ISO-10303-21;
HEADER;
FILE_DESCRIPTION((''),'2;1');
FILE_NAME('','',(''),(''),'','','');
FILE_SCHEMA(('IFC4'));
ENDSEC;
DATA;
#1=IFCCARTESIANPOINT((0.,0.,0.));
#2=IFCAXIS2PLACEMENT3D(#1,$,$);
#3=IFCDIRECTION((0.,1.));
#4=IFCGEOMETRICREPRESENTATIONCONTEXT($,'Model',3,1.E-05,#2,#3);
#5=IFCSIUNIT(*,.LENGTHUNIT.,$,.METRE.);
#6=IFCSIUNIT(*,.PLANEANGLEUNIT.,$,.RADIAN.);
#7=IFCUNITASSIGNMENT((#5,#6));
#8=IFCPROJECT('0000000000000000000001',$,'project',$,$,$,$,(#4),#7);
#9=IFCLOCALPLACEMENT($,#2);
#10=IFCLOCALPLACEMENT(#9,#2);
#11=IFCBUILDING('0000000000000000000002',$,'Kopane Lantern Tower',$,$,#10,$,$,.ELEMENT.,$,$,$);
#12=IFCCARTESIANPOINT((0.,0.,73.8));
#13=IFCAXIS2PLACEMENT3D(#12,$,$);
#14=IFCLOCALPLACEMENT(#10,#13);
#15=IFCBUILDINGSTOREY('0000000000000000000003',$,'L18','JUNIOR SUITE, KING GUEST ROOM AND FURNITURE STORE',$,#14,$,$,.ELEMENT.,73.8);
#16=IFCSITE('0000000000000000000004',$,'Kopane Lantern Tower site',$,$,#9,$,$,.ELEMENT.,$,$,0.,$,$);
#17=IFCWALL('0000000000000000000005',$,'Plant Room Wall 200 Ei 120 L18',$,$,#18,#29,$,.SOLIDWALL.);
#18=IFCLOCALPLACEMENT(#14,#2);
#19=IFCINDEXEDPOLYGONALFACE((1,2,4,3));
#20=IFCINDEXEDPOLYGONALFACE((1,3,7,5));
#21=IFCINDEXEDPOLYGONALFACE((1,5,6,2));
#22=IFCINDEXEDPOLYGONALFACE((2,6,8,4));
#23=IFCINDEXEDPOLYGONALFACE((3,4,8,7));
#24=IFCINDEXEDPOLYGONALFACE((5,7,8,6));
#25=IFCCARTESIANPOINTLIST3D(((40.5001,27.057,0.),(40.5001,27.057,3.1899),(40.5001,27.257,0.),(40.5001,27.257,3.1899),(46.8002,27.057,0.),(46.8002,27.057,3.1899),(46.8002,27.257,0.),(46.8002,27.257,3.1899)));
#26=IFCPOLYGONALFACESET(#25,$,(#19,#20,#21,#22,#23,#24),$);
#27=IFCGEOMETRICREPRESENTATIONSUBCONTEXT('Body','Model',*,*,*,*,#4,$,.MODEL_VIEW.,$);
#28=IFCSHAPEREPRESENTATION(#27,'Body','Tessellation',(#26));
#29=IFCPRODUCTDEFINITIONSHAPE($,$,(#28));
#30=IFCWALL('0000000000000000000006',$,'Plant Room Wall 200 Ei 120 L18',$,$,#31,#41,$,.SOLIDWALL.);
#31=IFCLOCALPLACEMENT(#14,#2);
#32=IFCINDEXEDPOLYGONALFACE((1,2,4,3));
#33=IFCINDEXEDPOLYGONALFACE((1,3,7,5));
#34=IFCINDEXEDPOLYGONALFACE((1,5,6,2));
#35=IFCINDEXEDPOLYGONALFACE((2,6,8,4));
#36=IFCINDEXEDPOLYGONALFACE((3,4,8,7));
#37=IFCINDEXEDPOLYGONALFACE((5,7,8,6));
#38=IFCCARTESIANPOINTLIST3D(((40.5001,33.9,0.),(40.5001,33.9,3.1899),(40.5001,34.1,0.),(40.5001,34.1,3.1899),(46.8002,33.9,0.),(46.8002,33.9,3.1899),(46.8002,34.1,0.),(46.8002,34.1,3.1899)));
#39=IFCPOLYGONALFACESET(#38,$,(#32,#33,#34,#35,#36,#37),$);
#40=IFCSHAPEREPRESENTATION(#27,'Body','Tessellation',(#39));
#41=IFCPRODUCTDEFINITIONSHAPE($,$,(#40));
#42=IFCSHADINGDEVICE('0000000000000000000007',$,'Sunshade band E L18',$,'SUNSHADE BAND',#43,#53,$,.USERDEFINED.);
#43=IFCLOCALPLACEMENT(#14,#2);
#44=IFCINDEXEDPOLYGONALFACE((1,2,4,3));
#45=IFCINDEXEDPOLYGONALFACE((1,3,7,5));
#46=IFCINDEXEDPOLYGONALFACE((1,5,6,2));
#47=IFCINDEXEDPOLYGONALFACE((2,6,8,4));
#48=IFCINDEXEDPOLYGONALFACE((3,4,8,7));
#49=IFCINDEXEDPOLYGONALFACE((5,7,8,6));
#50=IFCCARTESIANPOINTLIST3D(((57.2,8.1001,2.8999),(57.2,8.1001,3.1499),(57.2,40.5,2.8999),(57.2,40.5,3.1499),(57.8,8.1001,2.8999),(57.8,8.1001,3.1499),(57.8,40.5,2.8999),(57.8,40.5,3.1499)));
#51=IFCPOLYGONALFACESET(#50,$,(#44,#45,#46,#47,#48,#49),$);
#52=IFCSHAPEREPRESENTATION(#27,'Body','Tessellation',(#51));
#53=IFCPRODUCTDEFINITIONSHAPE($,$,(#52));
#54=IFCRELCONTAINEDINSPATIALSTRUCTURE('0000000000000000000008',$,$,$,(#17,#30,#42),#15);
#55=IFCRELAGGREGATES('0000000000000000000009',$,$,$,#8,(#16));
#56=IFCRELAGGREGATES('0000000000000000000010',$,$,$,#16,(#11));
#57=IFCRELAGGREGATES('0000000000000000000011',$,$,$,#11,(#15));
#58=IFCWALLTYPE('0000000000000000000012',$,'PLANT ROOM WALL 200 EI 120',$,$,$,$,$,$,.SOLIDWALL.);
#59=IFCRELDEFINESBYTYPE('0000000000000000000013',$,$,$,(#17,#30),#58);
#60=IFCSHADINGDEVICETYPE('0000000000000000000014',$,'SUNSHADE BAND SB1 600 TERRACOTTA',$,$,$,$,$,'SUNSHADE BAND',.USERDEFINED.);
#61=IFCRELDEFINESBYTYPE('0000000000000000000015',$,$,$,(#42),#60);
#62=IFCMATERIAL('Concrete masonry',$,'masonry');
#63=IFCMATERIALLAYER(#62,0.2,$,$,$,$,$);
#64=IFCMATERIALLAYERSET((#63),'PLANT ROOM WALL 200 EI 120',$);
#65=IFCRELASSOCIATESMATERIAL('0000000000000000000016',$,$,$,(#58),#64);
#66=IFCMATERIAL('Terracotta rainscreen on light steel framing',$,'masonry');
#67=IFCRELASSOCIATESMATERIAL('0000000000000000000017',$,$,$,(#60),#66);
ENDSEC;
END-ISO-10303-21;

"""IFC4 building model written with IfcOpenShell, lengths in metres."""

from ifc_helpers import new_model, si_unit, direction, frame, frame_2d, origin, origin_2d, place, context, subcontext, project, spatial, rectangle, extrude, material, layer, layer_set, type_object, element, save


model = new_model("IFC4")

# Units and contexts
model_context = context("Model", 3, precision=1e-05, world=origin(), true_north=direction((0.0, 1.0)))
body_context = subcontext(model_context, "Body", "Model", "MODEL_VIEW")
ifc_project = project(units=[si_unit("LENGTHUNIT", "METRE"), si_unit("PLANEANGLEUNIT", "RADIAN")], contexts=[model_context])

# Site, building, storey
site_placement = place(None, origin())
site = spatial("IfcSite", under=ifc_project, at=site_placement, Name="Kopane Lantern Tower site", CompositionType="ELEMENT", RefElevation=0.0)
building_placement = place(site_placement, origin())
building = spatial("IfcBuilding", under=site, at=building_placement, Name="Kopane Lantern Tower", CompositionType="ELEMENT")
storey_placement = place(building_placement, frame((0.0, 0.0, 73.8)))
storey = spatial("IfcBuildingStorey", under=building, at=storey_placement, Name="L18", Description="JUNIOR SUITE, KING GUEST ROOM AND FURNITURE STORE", CompositionType="ELEMENT", Elevation=73.8)

# Walls
ifc_material_1 = material(Name="Concrete masonry", Category="masonry")
ifc_layer_1 = layer(ifc_material_1, 0.2)
ifc_layer_set_1 = layer_set([ifc_layer_1], Name="PLANT ROOM WALL 200 EI 120")
wall_type_1 = type_object("IfcWallType", Name="PLANT ROOM WALL 200 EI 120", PredefinedType="SOLIDWALL", material=ifc_layer_set_1)
for number, where, z_axis, x_axis, name in (
    (1, (46.8, 27.157, 0.0), (0.0, 0.0, 1.0), (-1.0, 0.0, 0.0), "Plant Room Wall 200 Ei 120 L18"),
    (2, (46.8, 34.0, 0.0), (0.0, 0.0, 1.0), (-1.0, 0.0, 0.0), "Plant Room Wall 200 Ei 120 L18"),
):
    element("IfcWall", number, at=place(storey_placement, frame(where, z_axis=z_axis, x_axis=x_axis)), inside=storey, type_object=wall_type_1, Name=name, PredefinedType="SOLIDWALL", context=body_context, shape_type="SweptSolid", body=[
        extrude(rectangle(XDim=6.3, YDim=0.2, at=frame_2d((3.1499, 0.0))), origin(), (0.0, 0.0, 1.0), 3.1899),
    ])

# Shading device
ifc_material_2 = material(Name="Terracotta rainscreen on light steel framing", Category="masonry")
shading_device_type = type_object("IfcShadingDeviceType", Name="SUNSHADE BAND SB1 600 TERRACOTTA", ElementType="SUNSHADE BAND", PredefinedType="USERDEFINED", material=ifc_material_2)
shading_device_placement = place(storey_placement, frame((57.5, 24.3, 2.8999), z_axis=(0.0, 0.0, 1.0), x_axis=(0.0, 1.0, 0.0)))
element("IfcShadingDevice", 3, at=shading_device_placement, inside=storey, type_object=shading_device_type, Name="Sunshade band E L18", ObjectType="SUNSHADE BAND", PredefinedType="USERDEFINED", context=body_context, shape_type="SweptSolid", body=[
    extrude(rectangle(XDim=32.3999, YDim=0.6001, at=origin_2d()), origin(), (0.0, 0.0, 1.0), 0.25),
])

save(model, "model.ifc")
